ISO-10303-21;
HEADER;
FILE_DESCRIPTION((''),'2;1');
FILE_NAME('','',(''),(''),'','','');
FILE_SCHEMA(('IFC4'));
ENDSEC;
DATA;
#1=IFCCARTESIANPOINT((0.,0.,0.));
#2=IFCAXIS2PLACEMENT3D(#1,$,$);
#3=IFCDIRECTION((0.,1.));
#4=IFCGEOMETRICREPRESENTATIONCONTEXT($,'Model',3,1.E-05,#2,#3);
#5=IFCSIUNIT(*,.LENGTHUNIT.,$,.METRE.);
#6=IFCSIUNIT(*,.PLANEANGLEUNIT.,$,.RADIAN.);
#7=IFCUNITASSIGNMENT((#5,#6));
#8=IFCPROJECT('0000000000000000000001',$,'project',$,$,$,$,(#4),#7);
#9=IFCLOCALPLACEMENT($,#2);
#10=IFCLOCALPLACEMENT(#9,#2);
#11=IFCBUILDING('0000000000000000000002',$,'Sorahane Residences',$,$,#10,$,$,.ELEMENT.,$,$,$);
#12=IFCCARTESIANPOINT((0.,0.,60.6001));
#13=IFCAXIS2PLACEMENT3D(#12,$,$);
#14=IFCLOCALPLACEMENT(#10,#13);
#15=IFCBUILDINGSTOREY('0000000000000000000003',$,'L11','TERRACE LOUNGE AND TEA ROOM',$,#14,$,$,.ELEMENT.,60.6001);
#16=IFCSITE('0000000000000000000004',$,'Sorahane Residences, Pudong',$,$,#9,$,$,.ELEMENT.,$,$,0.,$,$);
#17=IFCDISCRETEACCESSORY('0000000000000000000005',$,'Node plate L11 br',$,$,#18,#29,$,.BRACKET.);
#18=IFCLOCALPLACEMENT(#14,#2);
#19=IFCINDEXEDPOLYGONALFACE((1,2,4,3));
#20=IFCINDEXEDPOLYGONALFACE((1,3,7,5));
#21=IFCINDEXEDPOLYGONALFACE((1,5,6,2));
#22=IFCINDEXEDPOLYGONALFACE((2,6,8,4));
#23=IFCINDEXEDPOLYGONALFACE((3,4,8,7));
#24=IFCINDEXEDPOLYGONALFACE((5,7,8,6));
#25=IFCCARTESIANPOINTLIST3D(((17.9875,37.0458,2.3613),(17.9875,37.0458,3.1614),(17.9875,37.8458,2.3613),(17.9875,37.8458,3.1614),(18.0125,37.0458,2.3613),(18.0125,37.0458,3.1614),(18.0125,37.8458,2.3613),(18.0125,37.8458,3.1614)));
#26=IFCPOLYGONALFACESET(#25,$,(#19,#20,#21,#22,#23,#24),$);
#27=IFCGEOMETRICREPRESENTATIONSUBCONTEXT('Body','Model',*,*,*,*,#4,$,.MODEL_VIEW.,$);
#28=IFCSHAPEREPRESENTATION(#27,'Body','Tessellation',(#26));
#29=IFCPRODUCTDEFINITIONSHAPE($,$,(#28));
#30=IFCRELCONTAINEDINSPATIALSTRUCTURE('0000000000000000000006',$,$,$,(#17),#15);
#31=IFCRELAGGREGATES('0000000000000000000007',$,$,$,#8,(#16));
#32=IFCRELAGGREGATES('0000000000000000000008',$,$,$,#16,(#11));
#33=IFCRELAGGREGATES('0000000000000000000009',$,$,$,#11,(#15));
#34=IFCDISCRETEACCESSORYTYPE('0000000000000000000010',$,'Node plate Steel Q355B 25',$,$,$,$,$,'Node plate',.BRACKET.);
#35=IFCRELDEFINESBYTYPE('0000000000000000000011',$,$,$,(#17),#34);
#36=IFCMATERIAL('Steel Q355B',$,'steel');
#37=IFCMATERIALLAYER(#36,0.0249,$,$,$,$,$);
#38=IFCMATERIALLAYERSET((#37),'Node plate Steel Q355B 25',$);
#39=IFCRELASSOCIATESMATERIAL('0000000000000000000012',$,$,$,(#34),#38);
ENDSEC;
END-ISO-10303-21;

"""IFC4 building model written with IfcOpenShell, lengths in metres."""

from ifc_helpers import new_model, si_unit, direction, frame, origin, origin_2d, place, context, subcontext, project, spatial, rectangle, extrude, material, layer, layer_set, type_object, element, save


model = new_model("IFC4")

# Units and contexts
model_context = context("Model", 3, precision=1e-05, world=origin(), true_north=direction((0.0, 1.0)))
body_context = subcontext(model_context, "Body", "Model", "MODEL_VIEW")
ifc_project = project(units=[si_unit("LENGTHUNIT", "METRE"), si_unit("PLANEANGLEUNIT", "RADIAN")], contexts=[model_context])

# Site, building, storey
site_placement = place(None, origin())
site = spatial("IfcSite", under=ifc_project, at=site_placement, Name="Sorahane Residences, Pudong", CompositionType="ELEMENT", RefElevation=0.0)
building_placement = place(site_placement, origin())
building = spatial("IfcBuilding", under=site, at=building_placement, Name="Sorahane Residences", CompositionType="ELEMENT")
storey_placement = place(building_placement, frame((0.0, 0.0, 60.6001)))
storey = spatial("IfcBuildingStorey", under=building, at=storey_placement, Name="L11", Description="TERRACE LOUNGE AND TEA ROOM", CompositionType="ELEMENT", Elevation=60.6001)

# Discrete accessory
ifc_material_1 = material(Name="Steel Q355B", Category="steel")
ifc_layer_1 = layer(ifc_material_1, 0.0249)
ifc_layer_set_1 = layer_set([ifc_layer_1], Name="Node plate Steel Q355B 25")
discrete_accessory_type = type_object("IfcDiscreteAccessoryType", Name="Node plate Steel Q355B 25", ElementType="Node plate", PredefinedType="BRACKET", material=ifc_layer_set_1)
for number, where, z_axis, x_axis, name in (
    (1, (18.0, 37.4458, 2.3613), (0.0, 0.0, 1.0), (0.0, 1.0, 0.0), "Node plate L11 br"),
):
    element("IfcDiscreteAccessory", number, at=place(storey_placement, frame(where, z_axis=z_axis, x_axis=x_axis)), inside=storey, type_object=discrete_accessory_type, Name=name, PredefinedType="BRACKET", context=body_context, shape_type="SweptSolid", body=[
        extrude(rectangle(XDim=0.8, YDim=0.0249, at=origin_2d()), origin(), (0.0, 0.0, 1.0), 0.8),
    ])

save(model, "model.ifc")
